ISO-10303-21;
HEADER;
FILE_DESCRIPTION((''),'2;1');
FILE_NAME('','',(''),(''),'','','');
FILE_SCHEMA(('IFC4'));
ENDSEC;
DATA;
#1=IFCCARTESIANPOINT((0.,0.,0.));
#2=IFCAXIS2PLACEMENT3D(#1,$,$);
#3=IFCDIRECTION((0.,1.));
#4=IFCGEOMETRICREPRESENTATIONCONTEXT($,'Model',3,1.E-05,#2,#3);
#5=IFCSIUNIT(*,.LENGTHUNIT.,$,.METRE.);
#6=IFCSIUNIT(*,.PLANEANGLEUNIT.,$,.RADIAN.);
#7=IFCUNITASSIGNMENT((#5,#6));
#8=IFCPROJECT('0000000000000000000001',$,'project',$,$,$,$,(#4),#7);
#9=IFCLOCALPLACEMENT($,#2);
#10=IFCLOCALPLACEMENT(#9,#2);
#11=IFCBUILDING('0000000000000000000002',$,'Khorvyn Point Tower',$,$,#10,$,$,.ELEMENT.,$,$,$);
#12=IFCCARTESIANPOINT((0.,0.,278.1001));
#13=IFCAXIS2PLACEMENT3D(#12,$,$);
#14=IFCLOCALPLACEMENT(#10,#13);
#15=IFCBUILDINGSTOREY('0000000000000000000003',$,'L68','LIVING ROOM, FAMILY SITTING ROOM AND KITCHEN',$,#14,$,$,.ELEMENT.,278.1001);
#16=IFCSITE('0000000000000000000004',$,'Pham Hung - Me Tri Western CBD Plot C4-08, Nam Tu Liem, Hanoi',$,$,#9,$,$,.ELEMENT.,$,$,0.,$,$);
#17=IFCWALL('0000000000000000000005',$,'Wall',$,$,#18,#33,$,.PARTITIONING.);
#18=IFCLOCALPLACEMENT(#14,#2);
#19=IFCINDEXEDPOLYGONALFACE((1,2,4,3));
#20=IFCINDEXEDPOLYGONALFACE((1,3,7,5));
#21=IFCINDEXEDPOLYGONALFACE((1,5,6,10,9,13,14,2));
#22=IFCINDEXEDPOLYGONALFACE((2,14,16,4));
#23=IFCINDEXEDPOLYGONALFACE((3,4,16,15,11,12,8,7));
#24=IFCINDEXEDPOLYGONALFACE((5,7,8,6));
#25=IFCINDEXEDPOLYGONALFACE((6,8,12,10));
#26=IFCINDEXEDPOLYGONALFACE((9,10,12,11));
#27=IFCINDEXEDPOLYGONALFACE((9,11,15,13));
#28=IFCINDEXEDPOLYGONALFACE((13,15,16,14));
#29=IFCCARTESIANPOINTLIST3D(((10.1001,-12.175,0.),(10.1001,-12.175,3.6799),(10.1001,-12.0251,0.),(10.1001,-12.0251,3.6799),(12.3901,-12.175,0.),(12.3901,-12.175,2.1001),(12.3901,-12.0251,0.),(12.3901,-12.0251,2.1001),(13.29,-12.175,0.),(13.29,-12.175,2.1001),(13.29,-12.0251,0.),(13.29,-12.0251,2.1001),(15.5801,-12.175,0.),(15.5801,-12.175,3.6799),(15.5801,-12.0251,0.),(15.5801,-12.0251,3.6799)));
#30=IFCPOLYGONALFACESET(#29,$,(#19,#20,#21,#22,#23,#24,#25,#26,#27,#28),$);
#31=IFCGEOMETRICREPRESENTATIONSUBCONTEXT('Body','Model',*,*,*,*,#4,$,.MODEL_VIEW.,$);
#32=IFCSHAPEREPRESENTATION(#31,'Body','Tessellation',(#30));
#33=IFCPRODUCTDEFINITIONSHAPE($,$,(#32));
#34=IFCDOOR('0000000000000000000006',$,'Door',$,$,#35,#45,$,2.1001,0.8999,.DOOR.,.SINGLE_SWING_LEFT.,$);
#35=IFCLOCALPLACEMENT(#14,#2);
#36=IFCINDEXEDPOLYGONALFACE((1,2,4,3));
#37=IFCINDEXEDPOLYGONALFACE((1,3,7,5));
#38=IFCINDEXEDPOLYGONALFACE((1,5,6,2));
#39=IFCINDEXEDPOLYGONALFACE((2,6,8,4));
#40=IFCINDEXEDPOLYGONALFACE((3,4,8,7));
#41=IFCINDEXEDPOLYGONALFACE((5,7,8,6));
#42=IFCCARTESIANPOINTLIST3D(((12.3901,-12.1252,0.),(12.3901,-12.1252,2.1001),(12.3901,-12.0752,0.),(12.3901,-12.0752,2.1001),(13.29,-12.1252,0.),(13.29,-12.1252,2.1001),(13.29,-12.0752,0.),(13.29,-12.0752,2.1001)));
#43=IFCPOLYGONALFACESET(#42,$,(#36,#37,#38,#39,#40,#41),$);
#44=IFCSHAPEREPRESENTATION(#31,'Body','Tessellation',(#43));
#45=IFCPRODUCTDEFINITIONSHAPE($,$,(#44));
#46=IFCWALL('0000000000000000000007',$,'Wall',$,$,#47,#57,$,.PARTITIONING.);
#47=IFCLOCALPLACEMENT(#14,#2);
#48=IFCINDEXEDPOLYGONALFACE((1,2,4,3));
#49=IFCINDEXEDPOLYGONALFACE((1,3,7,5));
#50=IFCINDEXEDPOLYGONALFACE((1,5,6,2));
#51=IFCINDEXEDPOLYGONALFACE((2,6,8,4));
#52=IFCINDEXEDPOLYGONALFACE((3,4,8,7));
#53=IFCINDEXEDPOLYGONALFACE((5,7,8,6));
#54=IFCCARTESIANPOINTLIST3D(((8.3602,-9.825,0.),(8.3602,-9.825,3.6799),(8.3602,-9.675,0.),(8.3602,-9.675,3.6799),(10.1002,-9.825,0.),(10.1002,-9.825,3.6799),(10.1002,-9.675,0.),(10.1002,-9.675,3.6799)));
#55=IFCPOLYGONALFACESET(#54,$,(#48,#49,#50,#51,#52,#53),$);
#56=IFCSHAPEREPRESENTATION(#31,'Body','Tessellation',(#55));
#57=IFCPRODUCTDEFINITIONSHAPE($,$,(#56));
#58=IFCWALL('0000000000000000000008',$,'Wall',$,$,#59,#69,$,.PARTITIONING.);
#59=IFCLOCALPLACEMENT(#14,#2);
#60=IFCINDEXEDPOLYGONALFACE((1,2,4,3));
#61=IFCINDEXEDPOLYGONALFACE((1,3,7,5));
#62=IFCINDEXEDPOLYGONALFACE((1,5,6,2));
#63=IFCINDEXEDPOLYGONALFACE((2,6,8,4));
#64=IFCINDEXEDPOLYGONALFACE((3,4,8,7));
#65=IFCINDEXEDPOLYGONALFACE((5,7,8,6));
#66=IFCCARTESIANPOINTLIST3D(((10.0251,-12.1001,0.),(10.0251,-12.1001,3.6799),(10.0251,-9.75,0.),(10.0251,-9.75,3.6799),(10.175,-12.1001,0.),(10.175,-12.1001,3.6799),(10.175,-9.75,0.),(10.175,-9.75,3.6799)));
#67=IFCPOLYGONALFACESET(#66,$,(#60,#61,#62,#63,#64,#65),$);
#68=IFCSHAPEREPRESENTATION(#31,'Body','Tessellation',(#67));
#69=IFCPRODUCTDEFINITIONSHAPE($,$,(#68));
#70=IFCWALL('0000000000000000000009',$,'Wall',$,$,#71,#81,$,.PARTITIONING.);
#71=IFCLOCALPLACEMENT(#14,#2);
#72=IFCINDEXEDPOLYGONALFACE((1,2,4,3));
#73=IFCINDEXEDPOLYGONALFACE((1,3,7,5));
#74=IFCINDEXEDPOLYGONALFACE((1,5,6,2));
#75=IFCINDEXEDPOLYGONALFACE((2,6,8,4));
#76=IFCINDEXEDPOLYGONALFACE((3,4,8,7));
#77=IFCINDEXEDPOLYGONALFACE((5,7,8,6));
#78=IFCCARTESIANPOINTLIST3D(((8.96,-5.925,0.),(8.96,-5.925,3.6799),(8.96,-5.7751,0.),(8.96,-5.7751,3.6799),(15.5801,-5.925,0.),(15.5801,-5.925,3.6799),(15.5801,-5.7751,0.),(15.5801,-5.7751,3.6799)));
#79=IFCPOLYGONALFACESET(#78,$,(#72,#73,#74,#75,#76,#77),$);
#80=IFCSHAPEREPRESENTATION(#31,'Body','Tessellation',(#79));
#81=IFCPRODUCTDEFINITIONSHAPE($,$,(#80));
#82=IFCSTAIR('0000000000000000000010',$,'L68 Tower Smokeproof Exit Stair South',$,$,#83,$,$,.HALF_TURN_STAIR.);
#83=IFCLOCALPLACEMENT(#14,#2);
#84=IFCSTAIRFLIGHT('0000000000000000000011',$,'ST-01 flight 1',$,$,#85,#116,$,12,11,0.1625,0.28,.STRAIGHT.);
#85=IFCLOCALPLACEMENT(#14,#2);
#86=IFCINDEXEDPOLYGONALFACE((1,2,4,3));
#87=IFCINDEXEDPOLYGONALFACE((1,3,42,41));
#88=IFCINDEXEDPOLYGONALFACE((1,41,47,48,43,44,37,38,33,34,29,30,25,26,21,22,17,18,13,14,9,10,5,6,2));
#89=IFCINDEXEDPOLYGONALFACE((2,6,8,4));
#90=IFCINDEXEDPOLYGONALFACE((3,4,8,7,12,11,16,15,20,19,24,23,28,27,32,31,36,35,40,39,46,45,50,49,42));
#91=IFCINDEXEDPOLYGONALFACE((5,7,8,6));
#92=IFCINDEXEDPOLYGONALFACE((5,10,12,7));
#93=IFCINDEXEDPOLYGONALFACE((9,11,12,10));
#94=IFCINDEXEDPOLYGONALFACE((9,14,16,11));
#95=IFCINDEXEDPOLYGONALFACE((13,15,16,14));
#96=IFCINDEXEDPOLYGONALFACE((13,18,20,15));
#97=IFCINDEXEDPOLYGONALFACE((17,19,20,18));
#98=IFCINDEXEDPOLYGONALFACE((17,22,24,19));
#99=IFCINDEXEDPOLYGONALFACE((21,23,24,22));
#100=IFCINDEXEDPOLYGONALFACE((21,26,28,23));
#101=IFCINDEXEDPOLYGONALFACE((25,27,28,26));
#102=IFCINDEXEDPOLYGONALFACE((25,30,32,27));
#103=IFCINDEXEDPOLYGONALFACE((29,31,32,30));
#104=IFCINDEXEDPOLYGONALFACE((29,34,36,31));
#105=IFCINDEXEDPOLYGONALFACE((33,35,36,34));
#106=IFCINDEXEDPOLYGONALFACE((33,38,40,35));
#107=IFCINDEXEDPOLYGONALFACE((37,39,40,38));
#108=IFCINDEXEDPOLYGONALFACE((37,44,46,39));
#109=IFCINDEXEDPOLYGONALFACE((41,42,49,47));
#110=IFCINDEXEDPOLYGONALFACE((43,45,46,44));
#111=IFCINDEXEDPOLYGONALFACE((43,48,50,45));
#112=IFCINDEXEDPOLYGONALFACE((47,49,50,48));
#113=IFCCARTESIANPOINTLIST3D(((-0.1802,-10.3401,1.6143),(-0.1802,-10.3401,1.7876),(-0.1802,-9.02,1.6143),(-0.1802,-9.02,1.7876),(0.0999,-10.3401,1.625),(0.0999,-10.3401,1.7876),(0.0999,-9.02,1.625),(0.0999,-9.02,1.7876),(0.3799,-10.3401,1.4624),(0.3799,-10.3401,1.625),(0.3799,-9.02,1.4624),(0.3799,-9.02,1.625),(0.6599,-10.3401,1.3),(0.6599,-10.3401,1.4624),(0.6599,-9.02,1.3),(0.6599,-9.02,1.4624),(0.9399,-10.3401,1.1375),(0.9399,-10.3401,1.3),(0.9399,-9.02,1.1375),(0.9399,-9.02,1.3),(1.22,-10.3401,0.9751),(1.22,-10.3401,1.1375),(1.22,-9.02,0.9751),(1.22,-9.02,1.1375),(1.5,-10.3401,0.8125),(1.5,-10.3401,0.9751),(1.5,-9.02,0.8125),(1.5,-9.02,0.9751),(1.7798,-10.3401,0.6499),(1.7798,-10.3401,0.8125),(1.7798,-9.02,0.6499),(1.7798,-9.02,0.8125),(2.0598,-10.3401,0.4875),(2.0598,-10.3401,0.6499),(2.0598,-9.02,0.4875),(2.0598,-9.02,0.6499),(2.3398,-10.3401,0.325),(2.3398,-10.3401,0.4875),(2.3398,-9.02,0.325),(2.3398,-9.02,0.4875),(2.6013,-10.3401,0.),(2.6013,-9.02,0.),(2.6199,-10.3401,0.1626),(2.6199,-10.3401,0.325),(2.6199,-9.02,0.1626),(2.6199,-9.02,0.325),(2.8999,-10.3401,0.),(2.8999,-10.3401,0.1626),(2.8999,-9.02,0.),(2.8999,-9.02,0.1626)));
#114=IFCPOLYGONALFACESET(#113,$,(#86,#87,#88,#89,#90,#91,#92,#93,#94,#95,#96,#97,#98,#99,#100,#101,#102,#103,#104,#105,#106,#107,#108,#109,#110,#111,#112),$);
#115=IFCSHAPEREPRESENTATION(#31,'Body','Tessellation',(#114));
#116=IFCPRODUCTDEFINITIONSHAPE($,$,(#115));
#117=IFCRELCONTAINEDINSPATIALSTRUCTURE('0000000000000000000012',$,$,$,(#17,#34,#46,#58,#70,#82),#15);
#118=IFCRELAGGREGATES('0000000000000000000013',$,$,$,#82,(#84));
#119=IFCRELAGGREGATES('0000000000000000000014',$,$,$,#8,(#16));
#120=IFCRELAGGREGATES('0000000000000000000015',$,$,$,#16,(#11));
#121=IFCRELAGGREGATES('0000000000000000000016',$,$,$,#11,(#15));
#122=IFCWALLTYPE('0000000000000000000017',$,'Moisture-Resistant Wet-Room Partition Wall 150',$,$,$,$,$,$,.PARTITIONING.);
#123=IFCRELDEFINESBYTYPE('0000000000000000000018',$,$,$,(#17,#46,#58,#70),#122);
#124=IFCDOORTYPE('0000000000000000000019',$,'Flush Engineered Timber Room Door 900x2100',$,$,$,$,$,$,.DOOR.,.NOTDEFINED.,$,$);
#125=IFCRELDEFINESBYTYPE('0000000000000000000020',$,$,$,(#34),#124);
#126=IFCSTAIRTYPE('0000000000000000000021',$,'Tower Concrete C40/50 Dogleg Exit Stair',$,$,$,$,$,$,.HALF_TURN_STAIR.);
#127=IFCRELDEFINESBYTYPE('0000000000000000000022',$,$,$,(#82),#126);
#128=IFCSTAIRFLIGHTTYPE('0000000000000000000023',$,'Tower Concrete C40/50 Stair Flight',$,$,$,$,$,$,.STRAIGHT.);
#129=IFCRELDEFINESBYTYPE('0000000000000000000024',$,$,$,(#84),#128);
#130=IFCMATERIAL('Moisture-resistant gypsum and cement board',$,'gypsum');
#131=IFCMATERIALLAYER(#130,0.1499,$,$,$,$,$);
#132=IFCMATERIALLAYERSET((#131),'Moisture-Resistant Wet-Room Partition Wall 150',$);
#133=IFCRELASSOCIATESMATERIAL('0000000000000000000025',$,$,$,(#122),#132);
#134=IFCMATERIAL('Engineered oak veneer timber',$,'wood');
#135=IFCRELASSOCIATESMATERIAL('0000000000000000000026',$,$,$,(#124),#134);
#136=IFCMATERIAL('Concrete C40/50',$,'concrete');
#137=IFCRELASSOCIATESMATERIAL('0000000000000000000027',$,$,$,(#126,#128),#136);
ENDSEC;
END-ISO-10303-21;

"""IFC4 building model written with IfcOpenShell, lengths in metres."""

from ifc_helpers import new_model, si_unit, direction, frame, frame_2d, origin, place, context, subcontext, project, spatial, polyline, rectangle, outline, extrude, material, layer, layer_set, type_object, element, fill, aggregate, save


model = new_model("IFC4")

# Units and contexts
model_context = context("Model", 3, precision=1e-05, world=origin(), true_north=direction((0.0, 1.0)))
body_context = subcontext(model_context, "Body", "Model", "MODEL_VIEW")
ifc_project = project(units=[si_unit("LENGTHUNIT", "METRE"), si_unit("PLANEANGLEUNIT", "RADIAN")], contexts=[model_context])

# Site, building, storey
site_placement = place(None, origin())
site = spatial("IfcSite", under=ifc_project, at=site_placement, Name="Pham Hung - Me Tri Western CBD Plot C4-08, Nam Tu Liem, Hanoi", CompositionType="ELEMENT", RefElevation=0.0)
building_placement = place(site_placement, origin())
building = spatial("IfcBuilding", under=site, at=building_placement, Name="Khorvyn Point Tower", CompositionType="ELEMENT")
storey_placement = place(building_placement, frame((0.0, 0.0, 278.1001)))
storey = spatial("IfcBuildingStorey", under=building, at=storey_placement, Name="L68", Description="LIVING ROOM, FAMILY SITTING ROOM AND KITCHEN", CompositionType="ELEMENT", Elevation=278.1001)

# Shared definitions
ifc_material_1 = material(Name="Concrete C40/50", Category="concrete")

# Wall, opening, door
ifc_material_2 = material(Name="Moisture-resistant gypsum and cement board", Category="gypsum")
ifc_layer_1 = layer(ifc_material_2, 0.1499)
ifc_layer_set_1 = layer_set([ifc_layer_1], Name="Moisture-Resistant Wet-Room Partition Wall 150")
wall_type_1 = type_object("IfcWallType", Name="Moisture-Resistant Wet-Room Partition Wall 150", PredefinedType="PARTITIONING", material=ifc_layer_set_1)
wall_1_placement = place(storey_placement, frame((10.1001, -12.1001, 0.0), z_axis=(0.0, 0.0, 1.0), x_axis=(1.0, 0.0, 0.0)))
wall_1 = element("IfcWall", 1, at=wall_1_placement, inside=storey, type_object=wall_type_1, Name="Wall", PredefinedType="PARTITIONING", context=body_context, shape_type="SweptSolid", body=[
    extrude(rectangle(XDim=5.48, YDim=0.1499, at=frame_2d((2.74, 0.0))), origin(), (0.0, 0.0, 1.0), 3.6799),
])
opening_1_placement = place(wall_1_placement, frame((2.29, 0.0, 0.0)))
opening_1 = element("IfcOpeningElement", 2, at=opening_1_placement, cuts=wall_1, PredefinedType="OPENING", context=body_context, shape_type="SweptSolid", body=[
    extrude(rectangle(XDim=0.8999, YDim=2.1001, at=frame_2d((0.45, 1.05))), frame((0.0, 0.085, 0.0), z_axis=(0.0, -1.0, 0.0), x_axis=(1.0, 0.0, 0.0)), (0.0, 0.0, 1.0), 0.1699),
])
ifc_material_3 = material(Name="Engineered oak veneer timber", Category="wood")
door_type_1 = type_object("IfcDoorType", Name="Flush Engineered Timber Room Door 900x2100", OperationType="NOTDEFINED", PredefinedType="DOOR", material=ifc_material_3)
door_1_placement = place(opening_1_placement, origin())
door_1 = element("IfcDoor", 3, at=door_1_placement, inside=storey, type_object=door_type_1, Name="Door", OperationType="SINGLE_SWING_LEFT", OverallHeight=2.1001, OverallWidth=0.8999, PredefinedType="DOOR", context=body_context, shape_type="SweptSolid", body=[
    extrude(rectangle(XDim=0.8999, YDim=2.1001, at=frame_2d((0.45, 1.05))), frame((0.0, 0.0249, 0.0), z_axis=(0.0, -1.0, 0.0), x_axis=(1.0, 0.0, 0.0)), (0.0, 0.0, 1.0), 0.05),
])
fill(opening_1, door_1)

# Walls
wall_2_placement = place(storey_placement, frame((8.3601, -9.75, 0.0), z_axis=(0.0, 0.0, 1.0), x_axis=(1.0, 0.0, 0.0)))
element("IfcWall", 4, at=wall_2_placement, inside=storey, type_object=wall_type_1, Name="Wall", PredefinedType="PARTITIONING", context=body_context, shape_type="SweptSolid", body=[
    extrude(rectangle(XDim=1.74, YDim=0.1499, at=frame_2d((0.8701, 0.0))), origin(), (0.0, 0.0, 1.0), 3.6799),
])
wall_3_placement = place(storey_placement, frame((10.1001, -12.1001, 0.0), z_axis=(0.0, 0.0, 1.0), x_axis=(0.0, 1.0, 0.0)))
element("IfcWall", 5, at=wall_3_placement, inside=storey, type_object=wall_type_1, Name="Wall", PredefinedType="PARTITIONING", context=body_context, shape_type="SweptSolid", body=[
    extrude(rectangle(XDim=2.3501, YDim=0.1499, at=frame_2d((1.175, 0.0))), origin(), (0.0, 0.0, 1.0), 3.6799),
])
wall_4_placement = place(storey_placement, frame((8.96, -5.8501, 0.0), z_axis=(0.0, 0.0, 1.0), x_axis=(1.0, 0.0, 0.0)))
element("IfcWall", 6, at=wall_4_placement, inside=storey, type_object=wall_type_1, Name="Wall", PredefinedType="PARTITIONING", context=body_context, shape_type="SweptSolid", body=[
    extrude(rectangle(XDim=6.6201, YDim=0.1499, at=frame_2d((3.3101, 0.0))), origin(), (0.0, 0.0, 1.0), 3.6799),
])

# Stair, stair flight
stair_type = type_object("IfcStairType", Name="Tower Concrete C40/50 Dogleg Exit Stair", PredefinedType="HALF_TURN_STAIR", material=ifc_material_1)
stair_placement = place(storey_placement, origin())
stair = element("IfcStair", 7, at=stair_placement, inside=storey, type_object=stair_type, Name="L68 Tower Smokeproof Exit Stair South", PredefinedType="HALF_TURN_STAIR")
stair_flight_type = type_object("IfcStairFlightType", Name="Tower Concrete C40/50 Stair Flight", PredefinedType="STRAIGHT", material=ifc_material_1)
stair_flight_placement = place(storey_placement, frame((2.8999, -9.6799, 0.0), z_axis=(0.0, 0.0, 1.0), x_axis=(-1.0, 0.0, 0.0)))
stair_flight = element("IfcStairFlight", 8, at=stair_flight_placement, type_object=stair_flight_type, Name="ST-01 flight 1", NumberOfRisers=12, NumberOfTreads=11, PredefinedType="STRAIGHT", RiserHeight=0.1625, TreadLength=0.28, context=body_context, shape_type="SweptSolid", body=[
    extrude(outline(polyline([(0.0, 0.0), (0.0, 0.1626), (0.28, 0.1626), (0.28, 0.325), (0.5601, 0.325), (0.5601, 0.4875), (0.8401, 0.4875), (0.8401, 0.6499), (1.1201, 0.6499), (1.1201, 0.8125), (1.3999, 0.8125), (1.3999, 0.9751), (1.6799, 0.9751), (1.6799, 1.1375), (1.96, 1.1375), (1.96, 1.3), (2.24, 1.3), (2.24, 1.4624), (2.52, 1.4624), (2.52, 1.625), (2.8, 1.625), (2.8, 1.7876), (3.0801, 1.7876), (3.0801, 1.95), (3.0801, 1.6143), (0.2986, 0.0), (0.0, 0.0)])), frame((0.0, 0.6602, 0.0), z_axis=(0.0, -1.0, 0.0), x_axis=(1.0, 0.0, 0.0)), (0.0, 0.0, 1.0), 1.3201),
])
aggregate(stair, [stair_flight])

save(model, "model.ifc")
